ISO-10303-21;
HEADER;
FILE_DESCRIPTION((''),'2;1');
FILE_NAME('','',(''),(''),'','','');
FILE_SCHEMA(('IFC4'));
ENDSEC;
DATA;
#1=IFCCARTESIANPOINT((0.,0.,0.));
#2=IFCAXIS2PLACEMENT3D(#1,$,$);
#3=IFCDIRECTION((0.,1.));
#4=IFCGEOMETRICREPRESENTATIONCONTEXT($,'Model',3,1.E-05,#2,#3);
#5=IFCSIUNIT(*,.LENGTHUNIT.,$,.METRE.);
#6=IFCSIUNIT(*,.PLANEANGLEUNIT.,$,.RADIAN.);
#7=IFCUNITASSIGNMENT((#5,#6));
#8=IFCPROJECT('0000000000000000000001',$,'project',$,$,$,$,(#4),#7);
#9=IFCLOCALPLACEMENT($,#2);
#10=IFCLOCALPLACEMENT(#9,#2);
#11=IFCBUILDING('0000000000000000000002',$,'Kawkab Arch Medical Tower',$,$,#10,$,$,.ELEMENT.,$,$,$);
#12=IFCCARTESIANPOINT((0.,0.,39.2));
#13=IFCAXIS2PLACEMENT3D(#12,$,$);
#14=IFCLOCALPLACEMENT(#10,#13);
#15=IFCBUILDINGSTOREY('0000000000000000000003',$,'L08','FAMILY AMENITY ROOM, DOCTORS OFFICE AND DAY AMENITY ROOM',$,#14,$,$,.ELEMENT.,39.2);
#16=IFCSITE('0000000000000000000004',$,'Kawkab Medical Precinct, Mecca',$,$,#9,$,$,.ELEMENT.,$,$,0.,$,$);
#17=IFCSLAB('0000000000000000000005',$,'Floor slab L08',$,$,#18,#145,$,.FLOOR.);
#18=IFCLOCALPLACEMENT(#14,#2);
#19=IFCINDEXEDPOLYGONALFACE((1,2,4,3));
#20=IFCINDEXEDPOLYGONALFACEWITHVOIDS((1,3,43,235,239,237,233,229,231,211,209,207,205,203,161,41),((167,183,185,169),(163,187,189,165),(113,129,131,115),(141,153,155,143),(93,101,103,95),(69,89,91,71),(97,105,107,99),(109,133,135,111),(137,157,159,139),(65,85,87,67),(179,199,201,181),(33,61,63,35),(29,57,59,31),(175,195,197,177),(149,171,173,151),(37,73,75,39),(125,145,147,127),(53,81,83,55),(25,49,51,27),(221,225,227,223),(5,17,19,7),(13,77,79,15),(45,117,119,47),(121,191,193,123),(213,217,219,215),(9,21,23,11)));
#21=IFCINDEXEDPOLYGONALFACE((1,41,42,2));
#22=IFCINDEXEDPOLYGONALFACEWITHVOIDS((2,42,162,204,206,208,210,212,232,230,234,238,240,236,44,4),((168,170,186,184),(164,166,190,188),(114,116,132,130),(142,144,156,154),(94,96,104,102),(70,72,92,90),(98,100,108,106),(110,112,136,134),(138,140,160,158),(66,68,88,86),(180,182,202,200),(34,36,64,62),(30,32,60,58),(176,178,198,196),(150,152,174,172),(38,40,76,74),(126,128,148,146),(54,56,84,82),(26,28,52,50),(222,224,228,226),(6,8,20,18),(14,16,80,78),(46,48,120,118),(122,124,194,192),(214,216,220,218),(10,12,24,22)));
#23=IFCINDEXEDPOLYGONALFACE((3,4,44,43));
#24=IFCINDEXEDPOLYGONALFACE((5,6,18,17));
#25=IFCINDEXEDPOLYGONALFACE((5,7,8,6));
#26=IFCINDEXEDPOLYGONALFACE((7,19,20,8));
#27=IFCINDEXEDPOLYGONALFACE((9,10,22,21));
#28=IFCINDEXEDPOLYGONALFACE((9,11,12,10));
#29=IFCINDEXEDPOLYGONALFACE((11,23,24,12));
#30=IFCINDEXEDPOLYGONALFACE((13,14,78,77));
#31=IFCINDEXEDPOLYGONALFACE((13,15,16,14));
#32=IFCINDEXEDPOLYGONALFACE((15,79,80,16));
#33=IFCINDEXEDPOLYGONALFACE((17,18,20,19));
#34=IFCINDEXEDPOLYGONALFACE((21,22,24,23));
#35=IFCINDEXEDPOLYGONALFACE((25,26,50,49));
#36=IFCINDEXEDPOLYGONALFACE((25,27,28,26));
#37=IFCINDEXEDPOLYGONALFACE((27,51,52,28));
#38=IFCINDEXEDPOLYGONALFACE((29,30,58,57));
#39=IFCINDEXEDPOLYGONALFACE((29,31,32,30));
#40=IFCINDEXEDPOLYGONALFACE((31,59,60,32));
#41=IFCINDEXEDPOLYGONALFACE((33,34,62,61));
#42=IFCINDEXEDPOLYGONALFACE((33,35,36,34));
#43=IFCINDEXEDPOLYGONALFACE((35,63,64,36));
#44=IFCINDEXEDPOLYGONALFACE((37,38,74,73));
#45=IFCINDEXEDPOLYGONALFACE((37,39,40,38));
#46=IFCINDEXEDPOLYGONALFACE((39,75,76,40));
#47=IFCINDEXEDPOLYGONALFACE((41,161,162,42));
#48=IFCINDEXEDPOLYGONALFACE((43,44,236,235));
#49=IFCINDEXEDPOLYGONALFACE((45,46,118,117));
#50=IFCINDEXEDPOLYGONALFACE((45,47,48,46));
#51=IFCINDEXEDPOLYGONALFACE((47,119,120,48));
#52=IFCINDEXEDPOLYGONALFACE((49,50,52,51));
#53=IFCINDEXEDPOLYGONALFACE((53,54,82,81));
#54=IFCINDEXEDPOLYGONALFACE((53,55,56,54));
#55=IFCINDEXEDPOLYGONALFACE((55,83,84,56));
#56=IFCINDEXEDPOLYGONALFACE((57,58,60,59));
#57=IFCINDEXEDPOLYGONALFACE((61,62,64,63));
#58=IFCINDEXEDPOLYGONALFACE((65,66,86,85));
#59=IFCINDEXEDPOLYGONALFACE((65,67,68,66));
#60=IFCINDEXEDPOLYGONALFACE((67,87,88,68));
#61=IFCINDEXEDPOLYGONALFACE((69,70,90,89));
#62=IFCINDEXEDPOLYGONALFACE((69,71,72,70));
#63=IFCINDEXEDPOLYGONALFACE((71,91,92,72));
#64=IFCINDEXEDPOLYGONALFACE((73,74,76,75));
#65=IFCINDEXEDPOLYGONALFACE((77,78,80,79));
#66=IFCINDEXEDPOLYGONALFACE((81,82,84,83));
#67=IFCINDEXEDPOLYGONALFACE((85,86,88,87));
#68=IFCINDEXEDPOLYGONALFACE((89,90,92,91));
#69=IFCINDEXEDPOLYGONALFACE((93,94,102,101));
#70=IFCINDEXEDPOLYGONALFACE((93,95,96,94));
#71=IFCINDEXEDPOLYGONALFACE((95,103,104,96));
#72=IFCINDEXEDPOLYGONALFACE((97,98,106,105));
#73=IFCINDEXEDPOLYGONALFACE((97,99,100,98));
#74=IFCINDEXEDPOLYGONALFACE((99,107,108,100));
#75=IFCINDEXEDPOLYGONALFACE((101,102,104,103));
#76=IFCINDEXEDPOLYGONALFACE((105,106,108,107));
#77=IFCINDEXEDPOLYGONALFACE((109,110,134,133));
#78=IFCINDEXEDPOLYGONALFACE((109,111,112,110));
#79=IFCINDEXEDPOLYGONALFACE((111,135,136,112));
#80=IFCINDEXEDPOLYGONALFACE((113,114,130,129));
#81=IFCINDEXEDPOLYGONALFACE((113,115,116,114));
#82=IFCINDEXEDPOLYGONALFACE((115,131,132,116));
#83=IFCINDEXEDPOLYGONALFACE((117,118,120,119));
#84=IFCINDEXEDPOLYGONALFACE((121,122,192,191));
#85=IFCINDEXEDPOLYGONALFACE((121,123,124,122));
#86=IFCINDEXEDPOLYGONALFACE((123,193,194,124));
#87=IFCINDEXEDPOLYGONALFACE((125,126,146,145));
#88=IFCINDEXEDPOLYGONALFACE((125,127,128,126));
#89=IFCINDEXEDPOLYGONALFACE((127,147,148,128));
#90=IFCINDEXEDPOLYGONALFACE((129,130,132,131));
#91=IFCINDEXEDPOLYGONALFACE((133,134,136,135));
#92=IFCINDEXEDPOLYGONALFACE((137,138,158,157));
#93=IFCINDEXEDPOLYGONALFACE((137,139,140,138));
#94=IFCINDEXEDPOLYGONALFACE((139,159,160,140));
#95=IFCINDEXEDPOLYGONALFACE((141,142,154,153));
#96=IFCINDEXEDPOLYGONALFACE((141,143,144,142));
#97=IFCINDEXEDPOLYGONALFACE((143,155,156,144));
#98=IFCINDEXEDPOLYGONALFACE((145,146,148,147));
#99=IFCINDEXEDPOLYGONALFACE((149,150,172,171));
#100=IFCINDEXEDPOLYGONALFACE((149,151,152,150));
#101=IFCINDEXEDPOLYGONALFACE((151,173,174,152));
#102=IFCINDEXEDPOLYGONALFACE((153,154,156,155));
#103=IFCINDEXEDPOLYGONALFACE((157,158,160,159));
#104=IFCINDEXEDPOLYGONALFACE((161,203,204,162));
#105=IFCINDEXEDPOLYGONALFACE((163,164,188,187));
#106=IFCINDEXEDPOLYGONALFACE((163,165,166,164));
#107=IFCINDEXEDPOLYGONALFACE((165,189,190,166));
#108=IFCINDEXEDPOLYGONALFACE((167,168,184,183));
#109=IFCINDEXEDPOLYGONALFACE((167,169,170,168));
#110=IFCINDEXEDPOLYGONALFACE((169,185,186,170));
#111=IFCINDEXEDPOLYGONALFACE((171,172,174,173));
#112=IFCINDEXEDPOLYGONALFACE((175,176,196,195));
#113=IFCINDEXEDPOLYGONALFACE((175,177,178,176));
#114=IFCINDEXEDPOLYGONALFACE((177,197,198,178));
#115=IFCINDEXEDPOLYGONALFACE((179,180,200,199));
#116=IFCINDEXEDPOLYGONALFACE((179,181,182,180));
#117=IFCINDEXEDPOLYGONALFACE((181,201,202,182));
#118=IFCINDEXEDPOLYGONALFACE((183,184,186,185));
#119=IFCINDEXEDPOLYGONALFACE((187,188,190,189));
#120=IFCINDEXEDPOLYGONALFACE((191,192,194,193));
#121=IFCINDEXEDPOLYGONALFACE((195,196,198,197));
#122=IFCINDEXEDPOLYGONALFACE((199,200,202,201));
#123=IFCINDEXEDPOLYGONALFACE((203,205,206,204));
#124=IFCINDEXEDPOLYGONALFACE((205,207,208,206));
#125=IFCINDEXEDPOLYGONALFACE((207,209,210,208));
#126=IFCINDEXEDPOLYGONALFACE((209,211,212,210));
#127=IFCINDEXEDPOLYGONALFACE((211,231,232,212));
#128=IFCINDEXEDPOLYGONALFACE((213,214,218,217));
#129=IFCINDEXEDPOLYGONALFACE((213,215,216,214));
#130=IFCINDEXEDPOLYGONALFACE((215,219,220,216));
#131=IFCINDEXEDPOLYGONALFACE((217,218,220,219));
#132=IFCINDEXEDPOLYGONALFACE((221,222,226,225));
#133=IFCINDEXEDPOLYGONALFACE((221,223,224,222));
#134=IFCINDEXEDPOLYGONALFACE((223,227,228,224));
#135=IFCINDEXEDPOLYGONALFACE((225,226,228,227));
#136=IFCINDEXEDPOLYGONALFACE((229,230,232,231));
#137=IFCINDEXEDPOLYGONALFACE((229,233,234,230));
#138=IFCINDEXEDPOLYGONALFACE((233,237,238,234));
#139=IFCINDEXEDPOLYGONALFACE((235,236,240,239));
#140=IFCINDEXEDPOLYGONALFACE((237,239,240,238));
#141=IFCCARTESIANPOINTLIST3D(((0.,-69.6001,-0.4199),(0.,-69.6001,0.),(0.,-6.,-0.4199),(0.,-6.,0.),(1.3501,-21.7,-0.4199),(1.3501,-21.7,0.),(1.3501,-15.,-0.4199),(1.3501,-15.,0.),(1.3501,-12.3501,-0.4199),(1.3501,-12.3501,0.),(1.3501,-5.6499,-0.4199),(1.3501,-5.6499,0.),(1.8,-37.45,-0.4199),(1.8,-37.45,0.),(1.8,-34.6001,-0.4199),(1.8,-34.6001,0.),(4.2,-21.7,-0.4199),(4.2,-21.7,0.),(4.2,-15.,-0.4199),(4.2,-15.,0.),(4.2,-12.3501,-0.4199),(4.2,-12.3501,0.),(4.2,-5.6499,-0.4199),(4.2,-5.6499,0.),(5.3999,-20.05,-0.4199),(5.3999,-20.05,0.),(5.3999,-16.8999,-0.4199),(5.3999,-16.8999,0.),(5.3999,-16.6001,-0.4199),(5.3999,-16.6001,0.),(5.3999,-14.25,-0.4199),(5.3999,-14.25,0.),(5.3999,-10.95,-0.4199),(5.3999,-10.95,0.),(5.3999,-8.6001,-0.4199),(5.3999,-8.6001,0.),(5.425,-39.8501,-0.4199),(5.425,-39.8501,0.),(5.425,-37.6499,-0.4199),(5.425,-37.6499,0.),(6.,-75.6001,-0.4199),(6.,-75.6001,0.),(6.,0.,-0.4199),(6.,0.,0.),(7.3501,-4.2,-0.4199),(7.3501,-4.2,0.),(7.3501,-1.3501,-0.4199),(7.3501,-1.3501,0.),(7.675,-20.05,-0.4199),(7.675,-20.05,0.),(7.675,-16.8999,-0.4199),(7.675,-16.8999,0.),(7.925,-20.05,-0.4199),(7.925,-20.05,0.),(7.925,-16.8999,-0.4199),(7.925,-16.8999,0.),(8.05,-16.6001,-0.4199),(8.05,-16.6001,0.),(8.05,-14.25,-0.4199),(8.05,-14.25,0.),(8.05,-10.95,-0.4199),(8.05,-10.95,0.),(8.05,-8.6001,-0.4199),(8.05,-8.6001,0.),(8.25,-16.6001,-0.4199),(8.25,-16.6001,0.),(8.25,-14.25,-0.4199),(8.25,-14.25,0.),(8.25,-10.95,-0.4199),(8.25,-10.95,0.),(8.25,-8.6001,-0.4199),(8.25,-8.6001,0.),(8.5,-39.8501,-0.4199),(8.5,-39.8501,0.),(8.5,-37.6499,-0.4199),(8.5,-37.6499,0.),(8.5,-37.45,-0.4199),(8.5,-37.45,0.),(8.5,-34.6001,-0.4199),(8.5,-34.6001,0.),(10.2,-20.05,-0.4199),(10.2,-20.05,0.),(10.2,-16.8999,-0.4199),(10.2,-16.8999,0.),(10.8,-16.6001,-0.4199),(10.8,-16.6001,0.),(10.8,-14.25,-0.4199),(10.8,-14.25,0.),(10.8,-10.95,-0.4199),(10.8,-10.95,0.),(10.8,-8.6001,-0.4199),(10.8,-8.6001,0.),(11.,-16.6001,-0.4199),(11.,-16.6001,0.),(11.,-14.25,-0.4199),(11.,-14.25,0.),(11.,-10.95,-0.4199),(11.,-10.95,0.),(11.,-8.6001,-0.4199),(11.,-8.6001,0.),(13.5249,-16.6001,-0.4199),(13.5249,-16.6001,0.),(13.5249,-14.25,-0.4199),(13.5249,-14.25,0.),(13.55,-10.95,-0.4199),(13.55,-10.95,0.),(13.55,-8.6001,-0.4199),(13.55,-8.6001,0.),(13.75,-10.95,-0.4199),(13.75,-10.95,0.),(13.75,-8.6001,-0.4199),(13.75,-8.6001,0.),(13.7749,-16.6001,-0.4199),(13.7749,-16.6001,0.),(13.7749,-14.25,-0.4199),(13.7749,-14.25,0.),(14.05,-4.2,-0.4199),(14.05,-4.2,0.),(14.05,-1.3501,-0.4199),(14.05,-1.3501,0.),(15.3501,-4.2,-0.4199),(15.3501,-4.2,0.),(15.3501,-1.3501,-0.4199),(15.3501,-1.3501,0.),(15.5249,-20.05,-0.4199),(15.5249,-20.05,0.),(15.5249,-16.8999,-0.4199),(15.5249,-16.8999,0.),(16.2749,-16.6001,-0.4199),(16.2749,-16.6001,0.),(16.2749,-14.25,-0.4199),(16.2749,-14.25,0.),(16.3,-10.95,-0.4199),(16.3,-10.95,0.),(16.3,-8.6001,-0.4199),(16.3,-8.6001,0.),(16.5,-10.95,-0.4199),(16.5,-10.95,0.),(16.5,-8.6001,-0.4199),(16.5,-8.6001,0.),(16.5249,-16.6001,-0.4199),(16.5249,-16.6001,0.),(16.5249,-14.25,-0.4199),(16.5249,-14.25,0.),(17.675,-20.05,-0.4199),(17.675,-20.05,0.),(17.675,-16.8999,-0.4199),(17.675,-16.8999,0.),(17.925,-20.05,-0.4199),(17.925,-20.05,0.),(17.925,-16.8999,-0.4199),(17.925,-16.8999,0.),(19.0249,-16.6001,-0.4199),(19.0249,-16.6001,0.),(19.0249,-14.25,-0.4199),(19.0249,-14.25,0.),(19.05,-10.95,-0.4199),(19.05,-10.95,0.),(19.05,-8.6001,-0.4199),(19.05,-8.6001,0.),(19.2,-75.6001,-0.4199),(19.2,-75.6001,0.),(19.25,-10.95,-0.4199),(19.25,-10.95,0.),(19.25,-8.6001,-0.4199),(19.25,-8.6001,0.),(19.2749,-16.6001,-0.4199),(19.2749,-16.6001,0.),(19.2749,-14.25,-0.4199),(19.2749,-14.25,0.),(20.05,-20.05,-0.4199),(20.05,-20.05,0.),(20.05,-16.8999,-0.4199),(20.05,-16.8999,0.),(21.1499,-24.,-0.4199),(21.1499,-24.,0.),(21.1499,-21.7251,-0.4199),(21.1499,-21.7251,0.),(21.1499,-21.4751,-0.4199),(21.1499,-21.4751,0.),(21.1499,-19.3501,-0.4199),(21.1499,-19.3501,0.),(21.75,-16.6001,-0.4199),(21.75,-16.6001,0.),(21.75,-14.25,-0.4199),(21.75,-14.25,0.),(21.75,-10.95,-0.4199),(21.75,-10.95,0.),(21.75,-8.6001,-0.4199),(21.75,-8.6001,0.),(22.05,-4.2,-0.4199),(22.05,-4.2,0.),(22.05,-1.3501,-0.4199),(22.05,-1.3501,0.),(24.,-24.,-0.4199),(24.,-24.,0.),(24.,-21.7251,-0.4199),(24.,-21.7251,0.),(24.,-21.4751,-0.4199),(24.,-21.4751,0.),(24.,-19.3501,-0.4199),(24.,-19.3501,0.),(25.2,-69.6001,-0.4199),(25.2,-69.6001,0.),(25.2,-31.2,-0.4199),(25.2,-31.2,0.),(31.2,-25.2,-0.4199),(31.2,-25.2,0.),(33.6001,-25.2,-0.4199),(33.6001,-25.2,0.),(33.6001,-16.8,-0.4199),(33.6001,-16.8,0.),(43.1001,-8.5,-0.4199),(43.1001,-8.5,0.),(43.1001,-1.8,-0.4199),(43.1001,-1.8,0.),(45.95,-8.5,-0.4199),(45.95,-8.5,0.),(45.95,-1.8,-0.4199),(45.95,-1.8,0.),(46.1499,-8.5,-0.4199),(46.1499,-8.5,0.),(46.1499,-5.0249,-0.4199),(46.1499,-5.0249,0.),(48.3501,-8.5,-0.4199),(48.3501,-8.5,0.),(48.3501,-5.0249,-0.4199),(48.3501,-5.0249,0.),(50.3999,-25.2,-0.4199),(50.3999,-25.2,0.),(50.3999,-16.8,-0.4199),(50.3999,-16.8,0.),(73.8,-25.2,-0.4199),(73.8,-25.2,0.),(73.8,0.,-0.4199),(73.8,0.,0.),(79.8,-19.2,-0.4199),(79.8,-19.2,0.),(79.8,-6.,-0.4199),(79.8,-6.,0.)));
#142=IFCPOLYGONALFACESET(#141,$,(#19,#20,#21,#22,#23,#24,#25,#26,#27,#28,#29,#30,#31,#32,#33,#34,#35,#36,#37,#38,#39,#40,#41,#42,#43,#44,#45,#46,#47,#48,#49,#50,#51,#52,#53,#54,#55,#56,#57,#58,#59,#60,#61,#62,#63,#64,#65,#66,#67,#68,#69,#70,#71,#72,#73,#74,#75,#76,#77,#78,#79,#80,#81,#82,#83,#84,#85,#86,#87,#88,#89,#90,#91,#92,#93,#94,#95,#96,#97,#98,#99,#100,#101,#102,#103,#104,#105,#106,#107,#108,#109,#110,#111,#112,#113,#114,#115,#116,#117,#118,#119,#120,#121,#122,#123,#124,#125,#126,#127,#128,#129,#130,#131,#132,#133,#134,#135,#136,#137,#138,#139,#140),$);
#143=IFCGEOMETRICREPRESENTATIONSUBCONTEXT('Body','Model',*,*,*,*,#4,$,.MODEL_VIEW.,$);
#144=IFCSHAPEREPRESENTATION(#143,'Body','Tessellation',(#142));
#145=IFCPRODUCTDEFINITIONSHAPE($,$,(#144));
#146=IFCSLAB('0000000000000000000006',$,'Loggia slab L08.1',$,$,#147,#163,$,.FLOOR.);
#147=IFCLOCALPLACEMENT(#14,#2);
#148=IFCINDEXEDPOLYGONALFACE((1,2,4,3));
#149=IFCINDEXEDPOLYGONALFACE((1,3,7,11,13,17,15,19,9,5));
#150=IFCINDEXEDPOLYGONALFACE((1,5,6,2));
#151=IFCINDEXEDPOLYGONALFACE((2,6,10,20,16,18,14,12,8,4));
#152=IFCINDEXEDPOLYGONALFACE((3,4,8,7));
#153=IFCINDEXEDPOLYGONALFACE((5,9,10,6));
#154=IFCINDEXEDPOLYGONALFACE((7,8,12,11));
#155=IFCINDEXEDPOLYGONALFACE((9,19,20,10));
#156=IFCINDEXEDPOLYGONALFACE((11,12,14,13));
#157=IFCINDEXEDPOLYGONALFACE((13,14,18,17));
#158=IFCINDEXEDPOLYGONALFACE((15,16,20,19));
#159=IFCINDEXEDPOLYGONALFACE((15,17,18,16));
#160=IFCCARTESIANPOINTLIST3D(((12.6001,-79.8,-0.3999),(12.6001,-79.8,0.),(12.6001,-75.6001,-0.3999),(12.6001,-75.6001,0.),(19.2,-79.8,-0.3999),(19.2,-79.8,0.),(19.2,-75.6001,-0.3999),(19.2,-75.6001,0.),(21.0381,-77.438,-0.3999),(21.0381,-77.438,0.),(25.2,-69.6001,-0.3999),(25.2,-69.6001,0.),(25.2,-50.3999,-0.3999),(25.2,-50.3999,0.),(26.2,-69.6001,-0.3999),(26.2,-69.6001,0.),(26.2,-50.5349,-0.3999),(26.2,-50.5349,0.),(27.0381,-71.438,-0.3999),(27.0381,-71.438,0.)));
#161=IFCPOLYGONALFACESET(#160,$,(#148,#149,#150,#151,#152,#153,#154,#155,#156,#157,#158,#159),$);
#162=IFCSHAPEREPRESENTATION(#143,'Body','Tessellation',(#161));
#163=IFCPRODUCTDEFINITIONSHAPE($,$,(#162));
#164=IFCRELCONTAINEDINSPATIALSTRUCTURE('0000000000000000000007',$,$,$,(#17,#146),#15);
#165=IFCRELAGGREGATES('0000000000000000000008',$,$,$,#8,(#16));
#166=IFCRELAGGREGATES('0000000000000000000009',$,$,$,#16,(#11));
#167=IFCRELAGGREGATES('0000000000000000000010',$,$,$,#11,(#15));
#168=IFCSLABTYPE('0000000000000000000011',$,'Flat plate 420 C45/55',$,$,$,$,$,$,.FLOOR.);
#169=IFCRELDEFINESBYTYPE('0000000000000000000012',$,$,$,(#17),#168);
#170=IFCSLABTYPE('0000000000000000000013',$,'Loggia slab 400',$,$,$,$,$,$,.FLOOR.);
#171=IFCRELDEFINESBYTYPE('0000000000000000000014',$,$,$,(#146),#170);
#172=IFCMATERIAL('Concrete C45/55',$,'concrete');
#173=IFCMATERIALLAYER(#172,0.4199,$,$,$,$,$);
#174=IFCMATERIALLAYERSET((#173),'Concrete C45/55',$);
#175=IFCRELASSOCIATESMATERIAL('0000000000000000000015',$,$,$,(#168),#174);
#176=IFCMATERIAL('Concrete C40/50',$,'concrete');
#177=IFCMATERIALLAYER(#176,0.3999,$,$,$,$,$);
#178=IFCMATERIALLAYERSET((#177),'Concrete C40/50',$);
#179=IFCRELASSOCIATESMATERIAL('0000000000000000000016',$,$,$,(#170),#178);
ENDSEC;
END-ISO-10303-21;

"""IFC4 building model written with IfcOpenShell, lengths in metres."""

from ifc_helpers import new_model, si_unit, direction, frame, origin, place, context, subcontext, project, spatial, polyline, outline, extrude, material, layer, layer_set, type_object, element, save


model = new_model("IFC4")

# Units and contexts
model_context = context("Model", 3, precision=1e-05, world=origin(), true_north=direction((0.0, 1.0)))
body_context = subcontext(model_context, "Body", "Model", "MODEL_VIEW")
ifc_project = project(units=[si_unit("LENGTHUNIT", "METRE"), si_unit("PLANEANGLEUNIT", "RADIAN")], contexts=[model_context])

# Site, building, storey
site_placement = place(None, origin())
site = spatial("IfcSite", under=ifc_project, at=site_placement, Name="Kawkab Medical Precinct, Mecca", CompositionType="ELEMENT", RefElevation=0.0)
building_placement = place(site_placement, origin())
building = spatial("IfcBuilding", under=site, at=building_placement, Name="Kawkab Arch Medical Tower", CompositionType="ELEMENT")
storey_placement = place(building_placement, frame((0.0, 0.0, 39.2)))
storey = spatial("IfcBuildingStorey", under=building, at=storey_placement, Name="L08", Description="FAMILY AMENITY ROOM, DOCTORS OFFICE AND DAY AMENITY ROOM", CompositionType="ELEMENT", Elevation=39.2)

# Slabs
ifc_material_1 = material(Name="Concrete C45/55", Category="concrete")
ifc_layer_1 = layer(ifc_material_1, 0.4199)
ifc_layer_set_1 = layer_set([ifc_layer_1], Name="Concrete C45/55")
slab_type_1 = type_object("IfcSlabType", Name="Flat plate 420 C45/55", PredefinedType="FLOOR", material=ifc_layer_set_1)
slab_1_placement = place(storey_placement, frame((0.0, 0.0, -0.4199)))
element("IfcSlab", 1, at=slab_1_placement, inside=storey, type_object=slab_type_1, Name="Floor slab L08", PredefinedType="FLOOR", context=body_context, shape_type="SweptSolid", body=[
    extrude(outline(polyline([(25.2, -31.2), (25.2, -69.6001), (19.2, -75.6001), (6.0, -75.6001), (0.0, -69.6001), (0.0, -6.0), (6.0, 0.0), (73.8, 0.0), (79.8, -6.0), (79.8, -19.2), (73.8, -25.2), (50.3999, -25.2), (50.3999, -16.8), (33.6001, -16.8), (33.6001, -25.2), (31.2, -25.2), (25.2, -31.2)]), holes=[polyline([(5.425, -37.6499), (5.425, -39.8501), (8.5, -39.8501), (8.5, -37.6499), (5.425, -37.6499)]), polyline([(1.8, -37.45), (8.5, -37.45), (8.5, -34.6001), (1.8, -34.6001), (1.8, -37.45)]), polyline([(5.3999, -16.8999), (5.3999, -20.05), (7.675, -20.05), (7.675, -16.8999), (5.3999, -16.8999)]), polyline([(10.2, -16.8999), (7.925, -16.8999), (7.925, -20.05), (10.2, -20.05), (10.2, -16.8999)]), polyline([(4.2, -21.7), (4.2, -15.0), (1.3501, -15.0), (1.3501, -21.7), (4.2, -21.7)]), polyline([(5.3999, -14.25), (5.3999, -16.6001), (8.05, -16.6001), (8.05, -14.25), (5.3999, -14.25)]), polyline([(8.25, -16.6001), (10.8, -16.6001), (10.8, -14.25), (8.25, -14.25), (8.25, -16.6001)]), polyline([(13.5249, -16.6001), (13.5249, -14.25), (11.0, -14.25), (11.0, -16.6001), (13.5249, -16.6001)]), polyline([(5.3999, -8.6001), (5.3999, -10.95), (8.05, -10.95), (8.05, -8.6001), (5.3999, -8.6001)]), polyline([(8.25, -10.95), (10.8, -10.95), (10.8, -8.6001), (8.25, -8.6001), (8.25, -10.95)]), polyline([(13.55, -8.6001), (11.0, -8.6001), (11.0, -10.95), (13.55, -10.95), (13.55, -8.6001)]), polyline([(4.2, -12.3501), (4.2, -5.6499), (1.3501, -5.6499), (1.3501, -12.3501), (4.2, -12.3501)]), polyline([(7.3501, -4.2), (14.05, -4.2), (14.05, -1.3501), (7.3501, -1.3501), (7.3501, -4.2)]), polyline([(24.0, -21.7251), (21.1499, -21.7251), (21.1499, -24.0), (24.0, -24.0), (24.0, -21.7251)]), polyline([(24.0, -21.4751), (24.0, -19.3501), (21.1499, -19.3501), (21.1499, -21.4751), (24.0, -21.4751)]), polyline([(17.675, -20.05), (17.675, -16.8999), (15.5249, -16.8999), (15.5249, -20.05), (17.675, -20.05)]), polyline([(20.05, -16.8999), (17.925, -16.8999), (17.925, -20.05), (20.05, -20.05), (20.05, -16.8999)]), polyline([(13.7749, -16.6001), (16.2749, -16.6001), (16.2749, -14.25), (13.7749, -14.25), (13.7749, -16.6001)]), polyline([(16.5249, -16.6001), (19.0249, -16.6001), (19.0249, -14.25), (16.5249, -14.25), (16.5249, -16.6001)]), polyline([(21.75, -14.25), (19.2749, -14.25), (19.2749, -16.6001), (21.75, -16.6001), (21.75, -14.25)]), polyline([(16.3, -10.95), (16.3, -8.6001), (13.75, -8.6001), (13.75, -10.95), (16.3, -10.95)]), polyline([(19.05, -10.95), (19.05, -8.6001), (16.5, -8.6001), (16.5, -10.95), (19.05, -10.95)]), polyline([(21.75, -8.6001), (19.25, -8.6001), (19.25, -10.95), (21.75, -10.95), (21.75, -8.6001)]), polyline([(46.1499, -5.0249), (46.1499, -8.5), (48.3501, -8.5), (48.3501, -5.0249), (46.1499, -5.0249)]), polyline([(43.1001, -1.8), (43.1001, -8.5), (45.95, -8.5), (45.95, -1.8), (43.1001, -1.8)]), polyline([(22.05, -1.3501), (15.3501, -1.3501), (15.3501, -4.2), (22.05, -4.2), (22.05, -1.3501)])]), origin(), (0.0, 0.0, 1.0), 0.4199),
])
ifc_material_2 = material(Name="Concrete C40/50", Category="concrete")
ifc_layer_2 = layer(ifc_material_2, 0.3999)
ifc_layer_set_2 = layer_set([ifc_layer_2], Name="Concrete C40/50")
slab_type_2 = type_object("IfcSlabType", Name="Loggia slab 400", PredefinedType="FLOOR", material=ifc_layer_set_2)
placement_1 = place(storey_placement, frame((0.0, 0.0, -0.3999)))
element("IfcSlab", 2, at=placement_1, inside=storey, type_object=slab_type_2, Name="Loggia slab L08.1", PredefinedType="FLOOR", context=body_context, shape_type="SweptSolid", body=[
    extrude(outline(polyline([(19.2, -79.8), (12.6001, -79.8), (12.6001, -75.6001), (19.2, -75.6001), (25.2, -69.6001), (25.2, -50.3999), (26.2, -50.5349), (26.2, -69.6001), (27.0381, -71.438), (21.0381, -77.438), (19.2, -79.8)])), origin(), (0.0, 0.0, 1.0), 0.3999),
])

save(model, "model.ifc")
